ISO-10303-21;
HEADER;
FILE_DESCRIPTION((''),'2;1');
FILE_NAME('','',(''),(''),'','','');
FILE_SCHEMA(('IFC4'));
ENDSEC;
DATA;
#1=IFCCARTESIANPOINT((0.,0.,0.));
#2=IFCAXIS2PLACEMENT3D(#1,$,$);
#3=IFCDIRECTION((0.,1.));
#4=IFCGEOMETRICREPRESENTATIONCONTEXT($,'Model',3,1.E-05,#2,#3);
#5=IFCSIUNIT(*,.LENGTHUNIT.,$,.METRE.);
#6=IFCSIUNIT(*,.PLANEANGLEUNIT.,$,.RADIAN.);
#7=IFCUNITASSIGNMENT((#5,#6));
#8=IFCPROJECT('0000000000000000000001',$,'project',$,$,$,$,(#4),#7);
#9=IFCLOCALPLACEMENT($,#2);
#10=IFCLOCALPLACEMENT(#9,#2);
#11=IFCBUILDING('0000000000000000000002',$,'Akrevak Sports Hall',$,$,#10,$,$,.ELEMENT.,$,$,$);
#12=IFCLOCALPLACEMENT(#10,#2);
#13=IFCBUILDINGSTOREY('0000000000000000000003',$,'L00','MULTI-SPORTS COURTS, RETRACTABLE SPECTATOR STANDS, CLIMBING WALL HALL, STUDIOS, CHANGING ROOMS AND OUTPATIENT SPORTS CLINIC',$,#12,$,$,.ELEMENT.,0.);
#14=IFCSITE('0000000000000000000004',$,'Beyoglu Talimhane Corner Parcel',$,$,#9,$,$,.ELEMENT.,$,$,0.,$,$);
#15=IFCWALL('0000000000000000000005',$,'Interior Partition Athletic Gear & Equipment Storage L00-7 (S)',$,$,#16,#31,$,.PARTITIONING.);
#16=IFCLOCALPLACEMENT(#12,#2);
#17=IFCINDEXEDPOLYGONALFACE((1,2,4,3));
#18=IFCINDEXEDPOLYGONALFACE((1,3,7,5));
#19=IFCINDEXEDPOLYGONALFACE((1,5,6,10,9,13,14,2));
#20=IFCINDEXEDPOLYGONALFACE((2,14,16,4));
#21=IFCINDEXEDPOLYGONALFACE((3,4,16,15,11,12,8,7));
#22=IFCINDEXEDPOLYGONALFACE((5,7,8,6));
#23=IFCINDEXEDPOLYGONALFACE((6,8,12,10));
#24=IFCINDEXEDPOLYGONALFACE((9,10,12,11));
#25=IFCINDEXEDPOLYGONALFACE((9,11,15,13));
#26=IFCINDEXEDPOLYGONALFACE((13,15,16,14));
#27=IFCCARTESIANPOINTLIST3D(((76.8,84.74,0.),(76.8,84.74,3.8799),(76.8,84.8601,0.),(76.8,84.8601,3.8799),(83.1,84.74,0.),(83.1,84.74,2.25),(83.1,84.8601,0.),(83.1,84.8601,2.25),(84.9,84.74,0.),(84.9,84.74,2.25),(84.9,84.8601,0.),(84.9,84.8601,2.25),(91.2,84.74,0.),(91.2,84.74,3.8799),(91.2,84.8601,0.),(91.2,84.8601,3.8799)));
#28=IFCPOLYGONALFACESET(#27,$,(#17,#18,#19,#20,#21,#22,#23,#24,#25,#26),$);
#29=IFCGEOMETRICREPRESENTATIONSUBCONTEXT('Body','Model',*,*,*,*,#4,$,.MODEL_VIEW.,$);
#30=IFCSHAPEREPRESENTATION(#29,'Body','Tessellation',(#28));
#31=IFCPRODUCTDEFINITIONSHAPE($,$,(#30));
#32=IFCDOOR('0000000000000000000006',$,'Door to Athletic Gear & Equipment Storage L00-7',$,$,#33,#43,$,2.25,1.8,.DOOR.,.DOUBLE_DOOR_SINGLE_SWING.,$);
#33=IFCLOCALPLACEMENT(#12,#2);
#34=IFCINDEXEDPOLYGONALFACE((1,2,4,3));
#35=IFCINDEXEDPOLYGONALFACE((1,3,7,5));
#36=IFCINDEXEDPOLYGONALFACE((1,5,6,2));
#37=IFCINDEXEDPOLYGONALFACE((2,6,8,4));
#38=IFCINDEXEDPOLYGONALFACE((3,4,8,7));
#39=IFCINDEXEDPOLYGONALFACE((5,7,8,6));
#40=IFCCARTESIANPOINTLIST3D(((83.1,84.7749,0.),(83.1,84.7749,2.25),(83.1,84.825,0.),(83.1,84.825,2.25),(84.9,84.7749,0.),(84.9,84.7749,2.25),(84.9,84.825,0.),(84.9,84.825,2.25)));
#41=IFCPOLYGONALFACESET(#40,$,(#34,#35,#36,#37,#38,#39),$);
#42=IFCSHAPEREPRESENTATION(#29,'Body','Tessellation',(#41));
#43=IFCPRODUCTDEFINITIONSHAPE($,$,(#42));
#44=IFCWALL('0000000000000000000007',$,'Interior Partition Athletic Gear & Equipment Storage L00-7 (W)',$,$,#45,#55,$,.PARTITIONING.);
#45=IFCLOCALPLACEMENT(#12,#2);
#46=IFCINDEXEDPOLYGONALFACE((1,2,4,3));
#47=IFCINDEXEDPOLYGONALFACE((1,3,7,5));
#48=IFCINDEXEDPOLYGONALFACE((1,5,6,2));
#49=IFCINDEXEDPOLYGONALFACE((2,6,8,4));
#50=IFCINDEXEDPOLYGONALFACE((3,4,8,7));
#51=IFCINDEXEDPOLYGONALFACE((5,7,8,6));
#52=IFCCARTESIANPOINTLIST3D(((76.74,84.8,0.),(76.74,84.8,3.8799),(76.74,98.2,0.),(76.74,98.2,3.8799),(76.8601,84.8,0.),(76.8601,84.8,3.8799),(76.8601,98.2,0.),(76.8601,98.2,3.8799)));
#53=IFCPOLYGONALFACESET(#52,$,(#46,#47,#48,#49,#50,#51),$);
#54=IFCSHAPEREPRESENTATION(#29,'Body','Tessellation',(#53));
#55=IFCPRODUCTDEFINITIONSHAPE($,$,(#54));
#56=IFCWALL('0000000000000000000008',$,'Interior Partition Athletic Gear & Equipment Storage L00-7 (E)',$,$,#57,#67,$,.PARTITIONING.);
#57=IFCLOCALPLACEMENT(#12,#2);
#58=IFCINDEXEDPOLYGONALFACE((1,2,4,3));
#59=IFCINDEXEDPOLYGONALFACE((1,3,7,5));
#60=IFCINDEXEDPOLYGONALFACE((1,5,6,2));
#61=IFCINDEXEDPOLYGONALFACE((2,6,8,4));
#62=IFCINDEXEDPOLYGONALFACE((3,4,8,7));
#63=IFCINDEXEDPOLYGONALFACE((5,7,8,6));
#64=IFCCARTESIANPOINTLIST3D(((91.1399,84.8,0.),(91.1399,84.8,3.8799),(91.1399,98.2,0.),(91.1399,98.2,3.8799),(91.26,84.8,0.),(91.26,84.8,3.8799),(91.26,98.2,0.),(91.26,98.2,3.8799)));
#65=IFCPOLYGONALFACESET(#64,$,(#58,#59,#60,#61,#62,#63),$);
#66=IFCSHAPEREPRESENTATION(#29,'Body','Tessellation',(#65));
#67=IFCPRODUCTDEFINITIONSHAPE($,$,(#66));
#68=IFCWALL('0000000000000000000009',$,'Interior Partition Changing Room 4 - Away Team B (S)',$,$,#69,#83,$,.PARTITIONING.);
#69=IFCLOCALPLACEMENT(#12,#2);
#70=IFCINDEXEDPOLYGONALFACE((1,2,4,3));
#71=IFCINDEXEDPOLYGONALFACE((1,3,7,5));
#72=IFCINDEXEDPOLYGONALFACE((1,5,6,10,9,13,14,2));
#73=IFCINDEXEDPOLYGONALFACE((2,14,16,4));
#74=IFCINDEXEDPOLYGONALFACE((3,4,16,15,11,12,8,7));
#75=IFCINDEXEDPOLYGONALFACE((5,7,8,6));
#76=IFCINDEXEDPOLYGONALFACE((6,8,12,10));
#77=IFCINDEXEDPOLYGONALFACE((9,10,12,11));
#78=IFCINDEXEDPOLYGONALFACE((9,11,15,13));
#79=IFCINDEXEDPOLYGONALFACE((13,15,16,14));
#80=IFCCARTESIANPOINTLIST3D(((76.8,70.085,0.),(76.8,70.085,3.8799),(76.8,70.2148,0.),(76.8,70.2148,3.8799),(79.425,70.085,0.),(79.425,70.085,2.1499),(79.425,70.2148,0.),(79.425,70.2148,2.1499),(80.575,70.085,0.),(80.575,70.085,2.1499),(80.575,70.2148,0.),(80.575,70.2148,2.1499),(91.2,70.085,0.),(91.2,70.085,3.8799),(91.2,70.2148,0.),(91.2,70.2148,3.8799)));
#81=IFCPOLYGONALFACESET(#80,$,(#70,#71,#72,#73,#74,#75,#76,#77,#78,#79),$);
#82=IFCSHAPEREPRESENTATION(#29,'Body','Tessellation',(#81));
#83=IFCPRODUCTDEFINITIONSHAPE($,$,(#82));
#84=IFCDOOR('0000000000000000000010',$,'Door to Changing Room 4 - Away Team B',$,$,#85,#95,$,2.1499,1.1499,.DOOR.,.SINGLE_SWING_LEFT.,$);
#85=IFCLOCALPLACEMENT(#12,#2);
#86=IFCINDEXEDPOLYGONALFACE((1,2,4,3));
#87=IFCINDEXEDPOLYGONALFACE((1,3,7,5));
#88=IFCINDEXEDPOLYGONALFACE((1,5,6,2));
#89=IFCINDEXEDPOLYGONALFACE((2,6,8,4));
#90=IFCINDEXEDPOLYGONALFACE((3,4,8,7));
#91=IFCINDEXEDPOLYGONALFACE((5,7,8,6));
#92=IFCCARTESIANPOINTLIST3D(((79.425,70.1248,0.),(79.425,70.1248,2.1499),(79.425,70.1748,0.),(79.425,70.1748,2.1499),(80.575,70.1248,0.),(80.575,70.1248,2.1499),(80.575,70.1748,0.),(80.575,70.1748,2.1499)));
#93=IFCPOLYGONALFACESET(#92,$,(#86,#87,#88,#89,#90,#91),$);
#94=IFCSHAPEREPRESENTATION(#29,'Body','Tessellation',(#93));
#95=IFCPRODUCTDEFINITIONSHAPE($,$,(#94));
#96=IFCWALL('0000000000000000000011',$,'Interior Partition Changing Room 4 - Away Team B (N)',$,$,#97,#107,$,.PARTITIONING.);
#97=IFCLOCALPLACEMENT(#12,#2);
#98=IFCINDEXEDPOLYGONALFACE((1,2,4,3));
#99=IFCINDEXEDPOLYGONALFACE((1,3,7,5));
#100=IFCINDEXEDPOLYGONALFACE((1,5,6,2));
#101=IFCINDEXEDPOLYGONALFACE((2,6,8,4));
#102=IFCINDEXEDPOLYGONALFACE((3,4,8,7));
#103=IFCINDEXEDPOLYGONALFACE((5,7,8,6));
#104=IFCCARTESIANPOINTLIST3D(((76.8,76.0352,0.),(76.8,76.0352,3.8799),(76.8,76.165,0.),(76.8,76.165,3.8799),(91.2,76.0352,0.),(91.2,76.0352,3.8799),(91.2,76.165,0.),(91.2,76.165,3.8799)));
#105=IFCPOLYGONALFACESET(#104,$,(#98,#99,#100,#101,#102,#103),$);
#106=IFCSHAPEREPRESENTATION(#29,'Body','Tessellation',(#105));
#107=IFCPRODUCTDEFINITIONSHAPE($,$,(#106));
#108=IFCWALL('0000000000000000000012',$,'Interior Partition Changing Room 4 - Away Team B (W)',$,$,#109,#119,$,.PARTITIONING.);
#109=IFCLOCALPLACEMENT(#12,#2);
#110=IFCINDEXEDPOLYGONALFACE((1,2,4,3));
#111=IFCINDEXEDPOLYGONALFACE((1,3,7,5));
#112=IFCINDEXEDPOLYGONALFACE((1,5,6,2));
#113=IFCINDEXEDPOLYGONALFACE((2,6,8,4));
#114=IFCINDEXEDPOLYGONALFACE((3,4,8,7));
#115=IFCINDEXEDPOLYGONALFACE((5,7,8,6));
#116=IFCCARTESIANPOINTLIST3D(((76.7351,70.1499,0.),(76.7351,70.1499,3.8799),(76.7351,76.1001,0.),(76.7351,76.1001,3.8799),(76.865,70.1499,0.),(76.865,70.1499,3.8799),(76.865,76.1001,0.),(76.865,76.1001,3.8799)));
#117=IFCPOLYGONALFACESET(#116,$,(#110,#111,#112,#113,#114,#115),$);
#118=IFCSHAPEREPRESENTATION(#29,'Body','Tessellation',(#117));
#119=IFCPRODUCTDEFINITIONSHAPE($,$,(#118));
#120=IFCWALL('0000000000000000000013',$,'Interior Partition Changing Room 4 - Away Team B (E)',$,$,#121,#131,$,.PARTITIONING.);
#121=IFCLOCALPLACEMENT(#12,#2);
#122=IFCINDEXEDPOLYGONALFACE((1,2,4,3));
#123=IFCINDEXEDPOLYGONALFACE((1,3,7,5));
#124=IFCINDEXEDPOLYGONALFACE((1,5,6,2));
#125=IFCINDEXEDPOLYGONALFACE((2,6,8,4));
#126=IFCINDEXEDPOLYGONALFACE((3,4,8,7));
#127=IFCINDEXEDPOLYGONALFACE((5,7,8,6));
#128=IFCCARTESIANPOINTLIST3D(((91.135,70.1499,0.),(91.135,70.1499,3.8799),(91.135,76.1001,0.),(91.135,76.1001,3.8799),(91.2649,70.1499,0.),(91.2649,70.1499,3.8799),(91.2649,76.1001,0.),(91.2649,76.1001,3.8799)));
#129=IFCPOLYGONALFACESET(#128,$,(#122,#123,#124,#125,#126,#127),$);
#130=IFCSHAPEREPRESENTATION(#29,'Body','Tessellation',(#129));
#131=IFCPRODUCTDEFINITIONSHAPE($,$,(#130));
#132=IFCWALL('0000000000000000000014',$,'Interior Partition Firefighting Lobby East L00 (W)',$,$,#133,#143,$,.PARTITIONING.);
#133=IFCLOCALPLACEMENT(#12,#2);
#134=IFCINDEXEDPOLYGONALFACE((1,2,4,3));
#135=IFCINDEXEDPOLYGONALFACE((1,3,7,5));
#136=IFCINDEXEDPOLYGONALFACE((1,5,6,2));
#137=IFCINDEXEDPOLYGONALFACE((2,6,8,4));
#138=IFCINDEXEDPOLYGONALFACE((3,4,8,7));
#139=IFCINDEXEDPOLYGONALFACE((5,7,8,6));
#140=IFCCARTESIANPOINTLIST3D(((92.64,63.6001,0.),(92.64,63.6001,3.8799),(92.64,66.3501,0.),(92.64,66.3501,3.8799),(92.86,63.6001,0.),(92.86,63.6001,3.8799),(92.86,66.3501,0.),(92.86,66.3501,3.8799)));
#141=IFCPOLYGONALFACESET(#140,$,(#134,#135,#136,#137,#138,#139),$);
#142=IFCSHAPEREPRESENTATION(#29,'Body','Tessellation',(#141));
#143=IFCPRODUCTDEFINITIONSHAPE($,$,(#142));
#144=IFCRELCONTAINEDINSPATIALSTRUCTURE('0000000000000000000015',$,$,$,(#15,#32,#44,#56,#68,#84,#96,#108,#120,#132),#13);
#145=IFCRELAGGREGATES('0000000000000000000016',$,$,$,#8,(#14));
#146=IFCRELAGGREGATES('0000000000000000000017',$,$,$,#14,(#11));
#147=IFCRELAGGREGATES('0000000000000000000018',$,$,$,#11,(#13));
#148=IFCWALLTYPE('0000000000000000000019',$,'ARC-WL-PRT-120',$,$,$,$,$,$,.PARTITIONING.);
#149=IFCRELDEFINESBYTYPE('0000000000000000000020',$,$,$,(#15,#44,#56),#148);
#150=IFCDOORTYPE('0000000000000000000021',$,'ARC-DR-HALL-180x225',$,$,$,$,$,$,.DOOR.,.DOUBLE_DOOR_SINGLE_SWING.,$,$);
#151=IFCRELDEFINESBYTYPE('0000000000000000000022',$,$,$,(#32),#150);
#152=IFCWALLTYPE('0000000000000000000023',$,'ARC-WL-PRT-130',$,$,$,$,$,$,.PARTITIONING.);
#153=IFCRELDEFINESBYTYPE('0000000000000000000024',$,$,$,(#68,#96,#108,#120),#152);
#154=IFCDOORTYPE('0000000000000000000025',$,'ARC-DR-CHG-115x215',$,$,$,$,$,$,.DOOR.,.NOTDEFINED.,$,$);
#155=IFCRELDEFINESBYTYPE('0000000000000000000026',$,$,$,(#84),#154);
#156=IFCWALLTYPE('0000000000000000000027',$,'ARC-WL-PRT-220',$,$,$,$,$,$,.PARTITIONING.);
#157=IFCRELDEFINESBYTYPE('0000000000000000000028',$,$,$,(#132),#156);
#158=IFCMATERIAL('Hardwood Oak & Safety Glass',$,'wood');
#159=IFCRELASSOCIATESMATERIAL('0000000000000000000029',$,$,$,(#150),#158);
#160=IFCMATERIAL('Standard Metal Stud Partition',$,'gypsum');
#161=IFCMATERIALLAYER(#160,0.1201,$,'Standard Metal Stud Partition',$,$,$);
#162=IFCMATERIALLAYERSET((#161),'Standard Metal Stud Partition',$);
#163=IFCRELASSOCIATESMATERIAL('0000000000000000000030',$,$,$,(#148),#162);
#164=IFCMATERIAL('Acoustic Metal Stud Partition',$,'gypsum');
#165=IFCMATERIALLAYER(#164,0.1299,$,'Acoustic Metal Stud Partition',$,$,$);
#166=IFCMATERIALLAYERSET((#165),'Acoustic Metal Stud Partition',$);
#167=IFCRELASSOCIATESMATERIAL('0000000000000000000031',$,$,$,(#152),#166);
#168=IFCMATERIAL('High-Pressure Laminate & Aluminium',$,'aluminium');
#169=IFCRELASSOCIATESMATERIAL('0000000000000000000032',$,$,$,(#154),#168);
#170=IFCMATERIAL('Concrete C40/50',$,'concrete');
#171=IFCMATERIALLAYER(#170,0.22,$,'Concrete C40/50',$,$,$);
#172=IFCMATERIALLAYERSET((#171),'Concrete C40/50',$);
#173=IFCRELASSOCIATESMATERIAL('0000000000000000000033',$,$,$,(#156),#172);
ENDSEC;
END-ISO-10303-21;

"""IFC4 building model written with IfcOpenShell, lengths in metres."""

from ifc_helpers import new_model, si_unit, direction, frame, frame_2d, origin, place, context, subcontext, project, spatial, rectangle, extrude, material, layer, layer_set, type_object, element, fill, save


model = new_model("IFC4")

# Units and contexts
model_context = context("Model", 3, precision=1e-05, world=origin(), true_north=direction((0.0, 1.0)))
body_context = subcontext(model_context, "Body", "Model", "MODEL_VIEW")
ifc_project = project(units=[si_unit("LENGTHUNIT", "METRE"), si_unit("PLANEANGLEUNIT", "RADIAN")], contexts=[model_context])

# Site, building, storey
site_placement = place(None, origin())
site = spatial("IfcSite", under=ifc_project, at=site_placement, Name="Beyoglu Talimhane Corner Parcel", CompositionType="ELEMENT", RefElevation=0.0)
building_placement = place(site_placement, origin())
building = spatial("IfcBuilding", under=site, at=building_placement, Name="Akrevak Sports Hall", CompositionType="ELEMENT")
storey_placement = place(building_placement, origin())
storey = spatial("IfcBuildingStorey", under=building, at=storey_placement, Name="L00", Description="MULTI-SPORTS COURTS, RETRACTABLE SPECTATOR STANDS, CLIMBING WALL HALL, STUDIOS, CHANGING ROOMS AND OUTPATIENT SPORTS CLINIC", CompositionType="ELEMENT", Elevation=0.0)

# Shared definitions
ifc_material_1 = material(Name="Concrete C40/50", Category="concrete")

# Shared definitions
ifc_material_2 = material(Name="Hardwood Oak & Safety Glass", Category="wood")
door_type_1 = type_object("IfcDoorType", Name="ARC-DR-HALL-180x225", OperationType="DOUBLE_DOOR_SINGLE_SWING", PredefinedType="DOOR", material=ifc_material_2)

# Wall, opening, door
ifc_material_3 = material(Name="Standard Metal Stud Partition", Category="gypsum")
ifc_layer_1 = layer(ifc_material_3, 0.1201, Name="Standard Metal Stud Partition")
ifc_layer_set_1 = layer_set([ifc_layer_1], Name="Standard Metal Stud Partition")
wall_type_1 = type_object("IfcWallType", Name="ARC-WL-PRT-120", PredefinedType="PARTITIONING", material=ifc_layer_set_1)
wall_1_placement = place(storey_placement, frame((76.8, 84.8, 0.0), z_axis=(0.0, 0.0, 1.0), x_axis=(1.0, 0.0, 0.0)))
wall_1 = element("IfcWall", 1, at=wall_1_placement, inside=storey, type_object=wall_type_1, Name="Interior Partition Athletic Gear & Equipment Storage L00-7 (S)", PredefinedType="PARTITIONING", context=body_context, shape_type="SweptSolid", body=[
    extrude(rectangle(XDim=14.3999, YDim=0.1201, at=frame_2d((7.2, 0.0))), origin(), (0.0, 0.0, 1.0), 3.8799),
])
opening_1_placement = place(wall_1_placement, frame((6.3, 0.0, 0.0)))
opening_1 = element("IfcOpeningElement", 2, at=opening_1_placement, cuts=wall_1, PredefinedType="OPENING", context=body_context, shape_type="SweptSolid", body=[
    extrude(rectangle(XDim=1.8, YDim=2.25, at=frame_2d((0.8999, 1.125))), frame((0.0, 0.072, 0.0), z_axis=(0.0, -1.0, 0.0), x_axis=(1.0, 0.0, 0.0)), (0.0, 0.0, 1.0), 0.144),
])
door_1_placement = place(opening_1_placement, origin())
door_1 = element("IfcDoor", 3, at=door_1_placement, inside=storey, type_object=door_type_1, Name="Door to Athletic Gear & Equipment Storage L00-7", OperationType="DOUBLE_DOOR_SINGLE_SWING", OverallHeight=2.25, OverallWidth=1.8, PredefinedType="DOOR", context=body_context, shape_type="SweptSolid", body=[
    extrude(rectangle(XDim=1.8, YDim=2.25, at=frame_2d((0.8999, 1.125))), frame((0.0, 0.0249, 0.0), z_axis=(0.0, -1.0, 0.0), x_axis=(1.0, 0.0, 0.0)), (0.0, 0.0, 1.0), 0.05),
])
fill(opening_1, door_1)

# Walls
for number, where, z_axis, x_axis, name in (
    (4, (76.8, 84.8, 0.0), (0.0, 0.0, 1.0), (0.0, 1.0, 0.0), "Interior Partition Athletic Gear & Equipment Storage L00-7 (W)"),
    (5, (91.2, 84.8, 0.0), (0.0, 0.0, 1.0), (0.0, 1.0, 0.0), "Interior Partition Athletic Gear & Equipment Storage L00-7 (E)"),
):
    element("IfcWall", number, at=place(storey_placement, frame(where, z_axis=z_axis, x_axis=x_axis)), inside=storey, type_object=wall_type_1, Name=name, PredefinedType="PARTITIONING", context=body_context, shape_type="SweptSolid", body=[
        extrude(rectangle(XDim=13.3999, YDim=0.1201, at=frame_2d((6.7, 0.0))), origin(), (0.0, 0.0, 1.0), 3.8799),
    ])

# Wall, opening, door
ifc_material_4 = material(Name="Acoustic Metal Stud Partition", Category="gypsum")
ifc_layer_2 = layer(ifc_material_4, 0.1299, Name="Acoustic Metal Stud Partition")
ifc_layer_set_2 = layer_set([ifc_layer_2], Name="Acoustic Metal Stud Partition")
wall_type_2 = type_object("IfcWallType", Name="ARC-WL-PRT-130", PredefinedType="PARTITIONING", material=ifc_layer_set_2)
wall_2_placement = place(storey_placement, frame((76.8, 70.1499, 0.0), z_axis=(0.0, 0.0, 1.0), x_axis=(1.0, 0.0, 0.0)))
wall_2 = element("IfcWall", 6, at=wall_2_placement, inside=storey, type_object=wall_type_2, Name="Interior Partition Changing Room 4 - Away Team B (S)", PredefinedType="PARTITIONING", context=body_context, shape_type="SweptSolid", body=[
    extrude(rectangle(XDim=14.3999, YDim=0.1299, at=frame_2d((7.2, 0.0))), origin(), (0.0, 0.0, 1.0), 3.8799),
])
opening_2_placement = place(wall_2_placement, frame((2.625, 0.0, 0.0)))
opening_2 = element("IfcOpeningElement", 7, at=opening_2_placement, cuts=wall_2, PredefinedType="OPENING", context=body_context, shape_type="SweptSolid", body=[
    extrude(rectangle(XDim=1.1499, YDim=2.1499, at=frame_2d((0.575, 1.075))), frame((0.0, 0.0769, 0.0), z_axis=(0.0, -1.0, 0.0), x_axis=(1.0, 0.0, 0.0)), (0.0, 0.0, 1.0), 0.1538),
])
ifc_material_5 = material(Name="High-Pressure Laminate & Aluminium", Category="aluminium")
door_type_2 = type_object("IfcDoorType", Name="ARC-DR-CHG-115x215", OperationType="NOTDEFINED", PredefinedType="DOOR", material=ifc_material_5)
door_2_placement = place(opening_2_placement, origin())
door_2 = element("IfcDoor", 8, at=door_2_placement, inside=storey, type_object=door_type_2, Name="Door to Changing Room 4 - Away Team B", OperationType="SINGLE_SWING_LEFT", OverallHeight=2.1499, OverallWidth=1.1499, PredefinedType="DOOR", context=body_context, shape_type="SweptSolid", body=[
    extrude(rectangle(XDim=1.1499, YDim=2.1499, at=frame_2d((0.575, 1.075))), frame((0.0, 0.0249, 0.0), z_axis=(0.0, -1.0, 0.0), x_axis=(1.0, 0.0, 0.0)), (0.0, 0.0, 1.0), 0.05),
])
fill(opening_2, door_2)

# Walls
wall_3_placement = place(storey_placement, frame((76.8, 76.1001, 0.0), z_axis=(0.0, 0.0, 1.0), x_axis=(1.0, 0.0, 0.0)))
element("IfcWall", 9, at=wall_3_placement, inside=storey, type_object=wall_type_2, Name="Interior Partition Changing Room 4 - Away Team B (N)", PredefinedType="PARTITIONING", context=body_context, shape_type="SweptSolid", body=[
    extrude(rectangle(XDim=14.3999, YDim=0.1299, at=frame_2d((7.2, 0.0))), origin(), (0.0, 0.0, 1.0), 3.8799),
])
for number, where, z_axis, x_axis, name in (
    (10, (76.8, 70.1499, 0.0), (0.0, 0.0, 1.0), (0.0, 1.0, 0.0), "Interior Partition Changing Room 4 - Away Team B (W)"),
    (11, (91.2, 70.1499, 0.0), (0.0, 0.0, 1.0), (0.0, 1.0, 0.0), "Interior Partition Changing Room 4 - Away Team B (E)"),
):
    element("IfcWall", number, at=place(storey_placement, frame(where, z_axis=z_axis, x_axis=x_axis)), inside=storey, type_object=wall_type_2, Name=name, PredefinedType="PARTITIONING", context=body_context, shape_type="SweptSolid", body=[
        extrude(rectangle(XDim=5.9502, YDim=0.1299, at=frame_2d((2.9751, 0.0))), origin(), (0.0, 0.0, 1.0), 3.8799),
    ])
ifc_layer_3 = layer(ifc_material_1, 0.22, Name="Concrete C40/50")
ifc_layer_set_3 = layer_set([ifc_layer_3], Name="Concrete C40/50")
wall_type_3 = type_object("IfcWallType", Name="ARC-WL-PRT-220", PredefinedType="PARTITIONING", material=ifc_layer_set_3)
wall_4_placement = place(storey_placement, frame((92.75, 63.6001, 0.0), z_axis=(0.0, 0.0, 1.0), x_axis=(0.0, 1.0, 0.0)))
element("IfcWall", 12, at=wall_4_placement, inside=storey, type_object=wall_type_3, Name="Interior Partition Firefighting Lobby East L00 (W)", PredefinedType="PARTITIONING", context=body_context, shape_type="SweptSolid", body=[
    extrude(rectangle(XDim=2.75, YDim=0.22, at=frame_2d((1.375, 0.0))), origin(), (0.0, 0.0, 1.0), 3.8799),
])

save(model, "model.ifc")
